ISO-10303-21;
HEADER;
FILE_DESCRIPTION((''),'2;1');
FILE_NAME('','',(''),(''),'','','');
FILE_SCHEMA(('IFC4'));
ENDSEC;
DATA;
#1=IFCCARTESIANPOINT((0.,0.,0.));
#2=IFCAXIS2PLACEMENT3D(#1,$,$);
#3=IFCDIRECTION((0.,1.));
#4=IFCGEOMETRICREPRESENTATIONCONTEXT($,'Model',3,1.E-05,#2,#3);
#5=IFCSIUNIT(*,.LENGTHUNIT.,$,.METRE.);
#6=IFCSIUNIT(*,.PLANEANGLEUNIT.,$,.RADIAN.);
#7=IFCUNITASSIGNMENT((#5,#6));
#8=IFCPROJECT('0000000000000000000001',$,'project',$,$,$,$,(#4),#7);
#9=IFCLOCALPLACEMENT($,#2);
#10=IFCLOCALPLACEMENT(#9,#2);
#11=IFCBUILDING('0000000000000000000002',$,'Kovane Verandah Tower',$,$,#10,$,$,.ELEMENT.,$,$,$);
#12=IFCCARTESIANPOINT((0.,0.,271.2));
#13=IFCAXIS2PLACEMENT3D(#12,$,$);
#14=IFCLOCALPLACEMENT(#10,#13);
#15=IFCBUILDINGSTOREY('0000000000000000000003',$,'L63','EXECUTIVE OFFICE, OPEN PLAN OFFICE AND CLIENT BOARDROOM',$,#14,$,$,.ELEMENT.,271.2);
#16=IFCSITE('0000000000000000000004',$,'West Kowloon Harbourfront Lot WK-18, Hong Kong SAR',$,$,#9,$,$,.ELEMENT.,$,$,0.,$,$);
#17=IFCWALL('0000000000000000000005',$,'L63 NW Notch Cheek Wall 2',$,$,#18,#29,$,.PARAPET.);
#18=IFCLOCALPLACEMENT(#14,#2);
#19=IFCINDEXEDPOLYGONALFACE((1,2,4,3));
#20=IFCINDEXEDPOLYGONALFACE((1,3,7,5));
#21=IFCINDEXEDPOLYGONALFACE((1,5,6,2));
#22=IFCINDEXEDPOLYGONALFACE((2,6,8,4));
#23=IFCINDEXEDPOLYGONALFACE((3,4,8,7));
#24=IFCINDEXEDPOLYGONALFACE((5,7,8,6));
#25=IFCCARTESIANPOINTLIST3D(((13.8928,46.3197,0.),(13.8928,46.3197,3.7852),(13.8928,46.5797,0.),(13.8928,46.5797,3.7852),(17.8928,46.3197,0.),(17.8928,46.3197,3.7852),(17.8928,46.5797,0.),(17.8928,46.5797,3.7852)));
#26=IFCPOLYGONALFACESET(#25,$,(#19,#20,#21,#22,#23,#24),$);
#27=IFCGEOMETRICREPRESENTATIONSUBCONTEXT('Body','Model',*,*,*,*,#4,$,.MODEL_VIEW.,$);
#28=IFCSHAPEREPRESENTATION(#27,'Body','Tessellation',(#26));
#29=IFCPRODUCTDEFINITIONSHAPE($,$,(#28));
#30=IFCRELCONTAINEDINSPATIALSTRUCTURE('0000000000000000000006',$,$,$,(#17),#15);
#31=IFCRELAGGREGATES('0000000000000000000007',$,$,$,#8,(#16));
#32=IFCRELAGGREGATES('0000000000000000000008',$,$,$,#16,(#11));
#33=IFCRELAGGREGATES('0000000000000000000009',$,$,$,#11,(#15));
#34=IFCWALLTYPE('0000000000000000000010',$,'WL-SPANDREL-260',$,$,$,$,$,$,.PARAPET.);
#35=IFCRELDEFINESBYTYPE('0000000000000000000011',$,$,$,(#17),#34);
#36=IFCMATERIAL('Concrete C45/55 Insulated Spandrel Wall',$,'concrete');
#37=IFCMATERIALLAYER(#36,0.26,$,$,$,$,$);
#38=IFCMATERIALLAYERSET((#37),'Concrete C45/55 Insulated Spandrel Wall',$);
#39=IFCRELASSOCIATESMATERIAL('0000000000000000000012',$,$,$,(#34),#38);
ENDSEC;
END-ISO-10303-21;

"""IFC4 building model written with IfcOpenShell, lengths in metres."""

from ifc_helpers import new_model, si_unit, direction, frame, frame_2d, origin, place, context, subcontext, project, spatial, rectangle, extrude, material, layer, layer_set, type_object, element, save


model = new_model("IFC4")

# Units and contexts
model_context = context("Model", 3, precision=1e-05, world=origin(), true_north=direction((0.0, 1.0)))
body_context = subcontext(model_context, "Body", "Model", "MODEL_VIEW")
ifc_project = project(units=[si_unit("LENGTHUNIT", "METRE"), si_unit("PLANEANGLEUNIT", "RADIAN")], contexts=[model_context])

# Site, building, storey
site_placement = place(None, origin())
site = spatial("IfcSite", under=ifc_project, at=site_placement, Name="West Kowloon Harbourfront Lot WK-18, Hong Kong SAR", CompositionType="ELEMENT", RefElevation=0.0)
building_placement = place(site_placement, origin())
building = spatial("IfcBuilding", under=site, at=building_placement, Name="Kovane Verandah Tower", CompositionType="ELEMENT")
storey_placement = place(building_placement, frame((0.0, 0.0, 271.2)))
storey = spatial("IfcBuildingStorey", under=building, at=storey_placement, Name="L63", Description="EXECUTIVE OFFICE, OPEN PLAN OFFICE AND CLIENT BOARDROOM", CompositionType="ELEMENT", Elevation=271.2)

# Shared definitions
ifc_material_1 = material(Name="Concrete C45/55 Insulated Spandrel Wall", Category="concrete")
ifc_layer_1 = layer(ifc_material_1, 0.26)
ifc_layer_set_1 = layer_set([ifc_layer_1], Name="Concrete C45/55 Insulated Spandrel Wall")
wall_type_1 = type_object("IfcWallType", Name="WL-SPANDREL-260", PredefinedType="PARAPET", material=ifc_layer_set_1)

# Wall
wall_1_placement = place(storey_placement, frame((17.8928, 46.4497, 0.0), z_axis=(0.0, 0.0, 1.0), x_axis=(-1.0, 0.0, 0.0)))
element("IfcWall", 1, at=wall_1_placement, inside=storey, type_object=wall_type_1, Name="L63 NW Notch Cheek Wall 2", PredefinedType="PARAPET", context=body_context, shape_type="SweptSolid", body=[
    extrude(rectangle(XDim=4.0, YDim=0.26, at=frame_2d((2.0, 0.0))), origin(), (0.0, 0.0, 1.0), 3.7852),
])

save(model, "model.ifc")
